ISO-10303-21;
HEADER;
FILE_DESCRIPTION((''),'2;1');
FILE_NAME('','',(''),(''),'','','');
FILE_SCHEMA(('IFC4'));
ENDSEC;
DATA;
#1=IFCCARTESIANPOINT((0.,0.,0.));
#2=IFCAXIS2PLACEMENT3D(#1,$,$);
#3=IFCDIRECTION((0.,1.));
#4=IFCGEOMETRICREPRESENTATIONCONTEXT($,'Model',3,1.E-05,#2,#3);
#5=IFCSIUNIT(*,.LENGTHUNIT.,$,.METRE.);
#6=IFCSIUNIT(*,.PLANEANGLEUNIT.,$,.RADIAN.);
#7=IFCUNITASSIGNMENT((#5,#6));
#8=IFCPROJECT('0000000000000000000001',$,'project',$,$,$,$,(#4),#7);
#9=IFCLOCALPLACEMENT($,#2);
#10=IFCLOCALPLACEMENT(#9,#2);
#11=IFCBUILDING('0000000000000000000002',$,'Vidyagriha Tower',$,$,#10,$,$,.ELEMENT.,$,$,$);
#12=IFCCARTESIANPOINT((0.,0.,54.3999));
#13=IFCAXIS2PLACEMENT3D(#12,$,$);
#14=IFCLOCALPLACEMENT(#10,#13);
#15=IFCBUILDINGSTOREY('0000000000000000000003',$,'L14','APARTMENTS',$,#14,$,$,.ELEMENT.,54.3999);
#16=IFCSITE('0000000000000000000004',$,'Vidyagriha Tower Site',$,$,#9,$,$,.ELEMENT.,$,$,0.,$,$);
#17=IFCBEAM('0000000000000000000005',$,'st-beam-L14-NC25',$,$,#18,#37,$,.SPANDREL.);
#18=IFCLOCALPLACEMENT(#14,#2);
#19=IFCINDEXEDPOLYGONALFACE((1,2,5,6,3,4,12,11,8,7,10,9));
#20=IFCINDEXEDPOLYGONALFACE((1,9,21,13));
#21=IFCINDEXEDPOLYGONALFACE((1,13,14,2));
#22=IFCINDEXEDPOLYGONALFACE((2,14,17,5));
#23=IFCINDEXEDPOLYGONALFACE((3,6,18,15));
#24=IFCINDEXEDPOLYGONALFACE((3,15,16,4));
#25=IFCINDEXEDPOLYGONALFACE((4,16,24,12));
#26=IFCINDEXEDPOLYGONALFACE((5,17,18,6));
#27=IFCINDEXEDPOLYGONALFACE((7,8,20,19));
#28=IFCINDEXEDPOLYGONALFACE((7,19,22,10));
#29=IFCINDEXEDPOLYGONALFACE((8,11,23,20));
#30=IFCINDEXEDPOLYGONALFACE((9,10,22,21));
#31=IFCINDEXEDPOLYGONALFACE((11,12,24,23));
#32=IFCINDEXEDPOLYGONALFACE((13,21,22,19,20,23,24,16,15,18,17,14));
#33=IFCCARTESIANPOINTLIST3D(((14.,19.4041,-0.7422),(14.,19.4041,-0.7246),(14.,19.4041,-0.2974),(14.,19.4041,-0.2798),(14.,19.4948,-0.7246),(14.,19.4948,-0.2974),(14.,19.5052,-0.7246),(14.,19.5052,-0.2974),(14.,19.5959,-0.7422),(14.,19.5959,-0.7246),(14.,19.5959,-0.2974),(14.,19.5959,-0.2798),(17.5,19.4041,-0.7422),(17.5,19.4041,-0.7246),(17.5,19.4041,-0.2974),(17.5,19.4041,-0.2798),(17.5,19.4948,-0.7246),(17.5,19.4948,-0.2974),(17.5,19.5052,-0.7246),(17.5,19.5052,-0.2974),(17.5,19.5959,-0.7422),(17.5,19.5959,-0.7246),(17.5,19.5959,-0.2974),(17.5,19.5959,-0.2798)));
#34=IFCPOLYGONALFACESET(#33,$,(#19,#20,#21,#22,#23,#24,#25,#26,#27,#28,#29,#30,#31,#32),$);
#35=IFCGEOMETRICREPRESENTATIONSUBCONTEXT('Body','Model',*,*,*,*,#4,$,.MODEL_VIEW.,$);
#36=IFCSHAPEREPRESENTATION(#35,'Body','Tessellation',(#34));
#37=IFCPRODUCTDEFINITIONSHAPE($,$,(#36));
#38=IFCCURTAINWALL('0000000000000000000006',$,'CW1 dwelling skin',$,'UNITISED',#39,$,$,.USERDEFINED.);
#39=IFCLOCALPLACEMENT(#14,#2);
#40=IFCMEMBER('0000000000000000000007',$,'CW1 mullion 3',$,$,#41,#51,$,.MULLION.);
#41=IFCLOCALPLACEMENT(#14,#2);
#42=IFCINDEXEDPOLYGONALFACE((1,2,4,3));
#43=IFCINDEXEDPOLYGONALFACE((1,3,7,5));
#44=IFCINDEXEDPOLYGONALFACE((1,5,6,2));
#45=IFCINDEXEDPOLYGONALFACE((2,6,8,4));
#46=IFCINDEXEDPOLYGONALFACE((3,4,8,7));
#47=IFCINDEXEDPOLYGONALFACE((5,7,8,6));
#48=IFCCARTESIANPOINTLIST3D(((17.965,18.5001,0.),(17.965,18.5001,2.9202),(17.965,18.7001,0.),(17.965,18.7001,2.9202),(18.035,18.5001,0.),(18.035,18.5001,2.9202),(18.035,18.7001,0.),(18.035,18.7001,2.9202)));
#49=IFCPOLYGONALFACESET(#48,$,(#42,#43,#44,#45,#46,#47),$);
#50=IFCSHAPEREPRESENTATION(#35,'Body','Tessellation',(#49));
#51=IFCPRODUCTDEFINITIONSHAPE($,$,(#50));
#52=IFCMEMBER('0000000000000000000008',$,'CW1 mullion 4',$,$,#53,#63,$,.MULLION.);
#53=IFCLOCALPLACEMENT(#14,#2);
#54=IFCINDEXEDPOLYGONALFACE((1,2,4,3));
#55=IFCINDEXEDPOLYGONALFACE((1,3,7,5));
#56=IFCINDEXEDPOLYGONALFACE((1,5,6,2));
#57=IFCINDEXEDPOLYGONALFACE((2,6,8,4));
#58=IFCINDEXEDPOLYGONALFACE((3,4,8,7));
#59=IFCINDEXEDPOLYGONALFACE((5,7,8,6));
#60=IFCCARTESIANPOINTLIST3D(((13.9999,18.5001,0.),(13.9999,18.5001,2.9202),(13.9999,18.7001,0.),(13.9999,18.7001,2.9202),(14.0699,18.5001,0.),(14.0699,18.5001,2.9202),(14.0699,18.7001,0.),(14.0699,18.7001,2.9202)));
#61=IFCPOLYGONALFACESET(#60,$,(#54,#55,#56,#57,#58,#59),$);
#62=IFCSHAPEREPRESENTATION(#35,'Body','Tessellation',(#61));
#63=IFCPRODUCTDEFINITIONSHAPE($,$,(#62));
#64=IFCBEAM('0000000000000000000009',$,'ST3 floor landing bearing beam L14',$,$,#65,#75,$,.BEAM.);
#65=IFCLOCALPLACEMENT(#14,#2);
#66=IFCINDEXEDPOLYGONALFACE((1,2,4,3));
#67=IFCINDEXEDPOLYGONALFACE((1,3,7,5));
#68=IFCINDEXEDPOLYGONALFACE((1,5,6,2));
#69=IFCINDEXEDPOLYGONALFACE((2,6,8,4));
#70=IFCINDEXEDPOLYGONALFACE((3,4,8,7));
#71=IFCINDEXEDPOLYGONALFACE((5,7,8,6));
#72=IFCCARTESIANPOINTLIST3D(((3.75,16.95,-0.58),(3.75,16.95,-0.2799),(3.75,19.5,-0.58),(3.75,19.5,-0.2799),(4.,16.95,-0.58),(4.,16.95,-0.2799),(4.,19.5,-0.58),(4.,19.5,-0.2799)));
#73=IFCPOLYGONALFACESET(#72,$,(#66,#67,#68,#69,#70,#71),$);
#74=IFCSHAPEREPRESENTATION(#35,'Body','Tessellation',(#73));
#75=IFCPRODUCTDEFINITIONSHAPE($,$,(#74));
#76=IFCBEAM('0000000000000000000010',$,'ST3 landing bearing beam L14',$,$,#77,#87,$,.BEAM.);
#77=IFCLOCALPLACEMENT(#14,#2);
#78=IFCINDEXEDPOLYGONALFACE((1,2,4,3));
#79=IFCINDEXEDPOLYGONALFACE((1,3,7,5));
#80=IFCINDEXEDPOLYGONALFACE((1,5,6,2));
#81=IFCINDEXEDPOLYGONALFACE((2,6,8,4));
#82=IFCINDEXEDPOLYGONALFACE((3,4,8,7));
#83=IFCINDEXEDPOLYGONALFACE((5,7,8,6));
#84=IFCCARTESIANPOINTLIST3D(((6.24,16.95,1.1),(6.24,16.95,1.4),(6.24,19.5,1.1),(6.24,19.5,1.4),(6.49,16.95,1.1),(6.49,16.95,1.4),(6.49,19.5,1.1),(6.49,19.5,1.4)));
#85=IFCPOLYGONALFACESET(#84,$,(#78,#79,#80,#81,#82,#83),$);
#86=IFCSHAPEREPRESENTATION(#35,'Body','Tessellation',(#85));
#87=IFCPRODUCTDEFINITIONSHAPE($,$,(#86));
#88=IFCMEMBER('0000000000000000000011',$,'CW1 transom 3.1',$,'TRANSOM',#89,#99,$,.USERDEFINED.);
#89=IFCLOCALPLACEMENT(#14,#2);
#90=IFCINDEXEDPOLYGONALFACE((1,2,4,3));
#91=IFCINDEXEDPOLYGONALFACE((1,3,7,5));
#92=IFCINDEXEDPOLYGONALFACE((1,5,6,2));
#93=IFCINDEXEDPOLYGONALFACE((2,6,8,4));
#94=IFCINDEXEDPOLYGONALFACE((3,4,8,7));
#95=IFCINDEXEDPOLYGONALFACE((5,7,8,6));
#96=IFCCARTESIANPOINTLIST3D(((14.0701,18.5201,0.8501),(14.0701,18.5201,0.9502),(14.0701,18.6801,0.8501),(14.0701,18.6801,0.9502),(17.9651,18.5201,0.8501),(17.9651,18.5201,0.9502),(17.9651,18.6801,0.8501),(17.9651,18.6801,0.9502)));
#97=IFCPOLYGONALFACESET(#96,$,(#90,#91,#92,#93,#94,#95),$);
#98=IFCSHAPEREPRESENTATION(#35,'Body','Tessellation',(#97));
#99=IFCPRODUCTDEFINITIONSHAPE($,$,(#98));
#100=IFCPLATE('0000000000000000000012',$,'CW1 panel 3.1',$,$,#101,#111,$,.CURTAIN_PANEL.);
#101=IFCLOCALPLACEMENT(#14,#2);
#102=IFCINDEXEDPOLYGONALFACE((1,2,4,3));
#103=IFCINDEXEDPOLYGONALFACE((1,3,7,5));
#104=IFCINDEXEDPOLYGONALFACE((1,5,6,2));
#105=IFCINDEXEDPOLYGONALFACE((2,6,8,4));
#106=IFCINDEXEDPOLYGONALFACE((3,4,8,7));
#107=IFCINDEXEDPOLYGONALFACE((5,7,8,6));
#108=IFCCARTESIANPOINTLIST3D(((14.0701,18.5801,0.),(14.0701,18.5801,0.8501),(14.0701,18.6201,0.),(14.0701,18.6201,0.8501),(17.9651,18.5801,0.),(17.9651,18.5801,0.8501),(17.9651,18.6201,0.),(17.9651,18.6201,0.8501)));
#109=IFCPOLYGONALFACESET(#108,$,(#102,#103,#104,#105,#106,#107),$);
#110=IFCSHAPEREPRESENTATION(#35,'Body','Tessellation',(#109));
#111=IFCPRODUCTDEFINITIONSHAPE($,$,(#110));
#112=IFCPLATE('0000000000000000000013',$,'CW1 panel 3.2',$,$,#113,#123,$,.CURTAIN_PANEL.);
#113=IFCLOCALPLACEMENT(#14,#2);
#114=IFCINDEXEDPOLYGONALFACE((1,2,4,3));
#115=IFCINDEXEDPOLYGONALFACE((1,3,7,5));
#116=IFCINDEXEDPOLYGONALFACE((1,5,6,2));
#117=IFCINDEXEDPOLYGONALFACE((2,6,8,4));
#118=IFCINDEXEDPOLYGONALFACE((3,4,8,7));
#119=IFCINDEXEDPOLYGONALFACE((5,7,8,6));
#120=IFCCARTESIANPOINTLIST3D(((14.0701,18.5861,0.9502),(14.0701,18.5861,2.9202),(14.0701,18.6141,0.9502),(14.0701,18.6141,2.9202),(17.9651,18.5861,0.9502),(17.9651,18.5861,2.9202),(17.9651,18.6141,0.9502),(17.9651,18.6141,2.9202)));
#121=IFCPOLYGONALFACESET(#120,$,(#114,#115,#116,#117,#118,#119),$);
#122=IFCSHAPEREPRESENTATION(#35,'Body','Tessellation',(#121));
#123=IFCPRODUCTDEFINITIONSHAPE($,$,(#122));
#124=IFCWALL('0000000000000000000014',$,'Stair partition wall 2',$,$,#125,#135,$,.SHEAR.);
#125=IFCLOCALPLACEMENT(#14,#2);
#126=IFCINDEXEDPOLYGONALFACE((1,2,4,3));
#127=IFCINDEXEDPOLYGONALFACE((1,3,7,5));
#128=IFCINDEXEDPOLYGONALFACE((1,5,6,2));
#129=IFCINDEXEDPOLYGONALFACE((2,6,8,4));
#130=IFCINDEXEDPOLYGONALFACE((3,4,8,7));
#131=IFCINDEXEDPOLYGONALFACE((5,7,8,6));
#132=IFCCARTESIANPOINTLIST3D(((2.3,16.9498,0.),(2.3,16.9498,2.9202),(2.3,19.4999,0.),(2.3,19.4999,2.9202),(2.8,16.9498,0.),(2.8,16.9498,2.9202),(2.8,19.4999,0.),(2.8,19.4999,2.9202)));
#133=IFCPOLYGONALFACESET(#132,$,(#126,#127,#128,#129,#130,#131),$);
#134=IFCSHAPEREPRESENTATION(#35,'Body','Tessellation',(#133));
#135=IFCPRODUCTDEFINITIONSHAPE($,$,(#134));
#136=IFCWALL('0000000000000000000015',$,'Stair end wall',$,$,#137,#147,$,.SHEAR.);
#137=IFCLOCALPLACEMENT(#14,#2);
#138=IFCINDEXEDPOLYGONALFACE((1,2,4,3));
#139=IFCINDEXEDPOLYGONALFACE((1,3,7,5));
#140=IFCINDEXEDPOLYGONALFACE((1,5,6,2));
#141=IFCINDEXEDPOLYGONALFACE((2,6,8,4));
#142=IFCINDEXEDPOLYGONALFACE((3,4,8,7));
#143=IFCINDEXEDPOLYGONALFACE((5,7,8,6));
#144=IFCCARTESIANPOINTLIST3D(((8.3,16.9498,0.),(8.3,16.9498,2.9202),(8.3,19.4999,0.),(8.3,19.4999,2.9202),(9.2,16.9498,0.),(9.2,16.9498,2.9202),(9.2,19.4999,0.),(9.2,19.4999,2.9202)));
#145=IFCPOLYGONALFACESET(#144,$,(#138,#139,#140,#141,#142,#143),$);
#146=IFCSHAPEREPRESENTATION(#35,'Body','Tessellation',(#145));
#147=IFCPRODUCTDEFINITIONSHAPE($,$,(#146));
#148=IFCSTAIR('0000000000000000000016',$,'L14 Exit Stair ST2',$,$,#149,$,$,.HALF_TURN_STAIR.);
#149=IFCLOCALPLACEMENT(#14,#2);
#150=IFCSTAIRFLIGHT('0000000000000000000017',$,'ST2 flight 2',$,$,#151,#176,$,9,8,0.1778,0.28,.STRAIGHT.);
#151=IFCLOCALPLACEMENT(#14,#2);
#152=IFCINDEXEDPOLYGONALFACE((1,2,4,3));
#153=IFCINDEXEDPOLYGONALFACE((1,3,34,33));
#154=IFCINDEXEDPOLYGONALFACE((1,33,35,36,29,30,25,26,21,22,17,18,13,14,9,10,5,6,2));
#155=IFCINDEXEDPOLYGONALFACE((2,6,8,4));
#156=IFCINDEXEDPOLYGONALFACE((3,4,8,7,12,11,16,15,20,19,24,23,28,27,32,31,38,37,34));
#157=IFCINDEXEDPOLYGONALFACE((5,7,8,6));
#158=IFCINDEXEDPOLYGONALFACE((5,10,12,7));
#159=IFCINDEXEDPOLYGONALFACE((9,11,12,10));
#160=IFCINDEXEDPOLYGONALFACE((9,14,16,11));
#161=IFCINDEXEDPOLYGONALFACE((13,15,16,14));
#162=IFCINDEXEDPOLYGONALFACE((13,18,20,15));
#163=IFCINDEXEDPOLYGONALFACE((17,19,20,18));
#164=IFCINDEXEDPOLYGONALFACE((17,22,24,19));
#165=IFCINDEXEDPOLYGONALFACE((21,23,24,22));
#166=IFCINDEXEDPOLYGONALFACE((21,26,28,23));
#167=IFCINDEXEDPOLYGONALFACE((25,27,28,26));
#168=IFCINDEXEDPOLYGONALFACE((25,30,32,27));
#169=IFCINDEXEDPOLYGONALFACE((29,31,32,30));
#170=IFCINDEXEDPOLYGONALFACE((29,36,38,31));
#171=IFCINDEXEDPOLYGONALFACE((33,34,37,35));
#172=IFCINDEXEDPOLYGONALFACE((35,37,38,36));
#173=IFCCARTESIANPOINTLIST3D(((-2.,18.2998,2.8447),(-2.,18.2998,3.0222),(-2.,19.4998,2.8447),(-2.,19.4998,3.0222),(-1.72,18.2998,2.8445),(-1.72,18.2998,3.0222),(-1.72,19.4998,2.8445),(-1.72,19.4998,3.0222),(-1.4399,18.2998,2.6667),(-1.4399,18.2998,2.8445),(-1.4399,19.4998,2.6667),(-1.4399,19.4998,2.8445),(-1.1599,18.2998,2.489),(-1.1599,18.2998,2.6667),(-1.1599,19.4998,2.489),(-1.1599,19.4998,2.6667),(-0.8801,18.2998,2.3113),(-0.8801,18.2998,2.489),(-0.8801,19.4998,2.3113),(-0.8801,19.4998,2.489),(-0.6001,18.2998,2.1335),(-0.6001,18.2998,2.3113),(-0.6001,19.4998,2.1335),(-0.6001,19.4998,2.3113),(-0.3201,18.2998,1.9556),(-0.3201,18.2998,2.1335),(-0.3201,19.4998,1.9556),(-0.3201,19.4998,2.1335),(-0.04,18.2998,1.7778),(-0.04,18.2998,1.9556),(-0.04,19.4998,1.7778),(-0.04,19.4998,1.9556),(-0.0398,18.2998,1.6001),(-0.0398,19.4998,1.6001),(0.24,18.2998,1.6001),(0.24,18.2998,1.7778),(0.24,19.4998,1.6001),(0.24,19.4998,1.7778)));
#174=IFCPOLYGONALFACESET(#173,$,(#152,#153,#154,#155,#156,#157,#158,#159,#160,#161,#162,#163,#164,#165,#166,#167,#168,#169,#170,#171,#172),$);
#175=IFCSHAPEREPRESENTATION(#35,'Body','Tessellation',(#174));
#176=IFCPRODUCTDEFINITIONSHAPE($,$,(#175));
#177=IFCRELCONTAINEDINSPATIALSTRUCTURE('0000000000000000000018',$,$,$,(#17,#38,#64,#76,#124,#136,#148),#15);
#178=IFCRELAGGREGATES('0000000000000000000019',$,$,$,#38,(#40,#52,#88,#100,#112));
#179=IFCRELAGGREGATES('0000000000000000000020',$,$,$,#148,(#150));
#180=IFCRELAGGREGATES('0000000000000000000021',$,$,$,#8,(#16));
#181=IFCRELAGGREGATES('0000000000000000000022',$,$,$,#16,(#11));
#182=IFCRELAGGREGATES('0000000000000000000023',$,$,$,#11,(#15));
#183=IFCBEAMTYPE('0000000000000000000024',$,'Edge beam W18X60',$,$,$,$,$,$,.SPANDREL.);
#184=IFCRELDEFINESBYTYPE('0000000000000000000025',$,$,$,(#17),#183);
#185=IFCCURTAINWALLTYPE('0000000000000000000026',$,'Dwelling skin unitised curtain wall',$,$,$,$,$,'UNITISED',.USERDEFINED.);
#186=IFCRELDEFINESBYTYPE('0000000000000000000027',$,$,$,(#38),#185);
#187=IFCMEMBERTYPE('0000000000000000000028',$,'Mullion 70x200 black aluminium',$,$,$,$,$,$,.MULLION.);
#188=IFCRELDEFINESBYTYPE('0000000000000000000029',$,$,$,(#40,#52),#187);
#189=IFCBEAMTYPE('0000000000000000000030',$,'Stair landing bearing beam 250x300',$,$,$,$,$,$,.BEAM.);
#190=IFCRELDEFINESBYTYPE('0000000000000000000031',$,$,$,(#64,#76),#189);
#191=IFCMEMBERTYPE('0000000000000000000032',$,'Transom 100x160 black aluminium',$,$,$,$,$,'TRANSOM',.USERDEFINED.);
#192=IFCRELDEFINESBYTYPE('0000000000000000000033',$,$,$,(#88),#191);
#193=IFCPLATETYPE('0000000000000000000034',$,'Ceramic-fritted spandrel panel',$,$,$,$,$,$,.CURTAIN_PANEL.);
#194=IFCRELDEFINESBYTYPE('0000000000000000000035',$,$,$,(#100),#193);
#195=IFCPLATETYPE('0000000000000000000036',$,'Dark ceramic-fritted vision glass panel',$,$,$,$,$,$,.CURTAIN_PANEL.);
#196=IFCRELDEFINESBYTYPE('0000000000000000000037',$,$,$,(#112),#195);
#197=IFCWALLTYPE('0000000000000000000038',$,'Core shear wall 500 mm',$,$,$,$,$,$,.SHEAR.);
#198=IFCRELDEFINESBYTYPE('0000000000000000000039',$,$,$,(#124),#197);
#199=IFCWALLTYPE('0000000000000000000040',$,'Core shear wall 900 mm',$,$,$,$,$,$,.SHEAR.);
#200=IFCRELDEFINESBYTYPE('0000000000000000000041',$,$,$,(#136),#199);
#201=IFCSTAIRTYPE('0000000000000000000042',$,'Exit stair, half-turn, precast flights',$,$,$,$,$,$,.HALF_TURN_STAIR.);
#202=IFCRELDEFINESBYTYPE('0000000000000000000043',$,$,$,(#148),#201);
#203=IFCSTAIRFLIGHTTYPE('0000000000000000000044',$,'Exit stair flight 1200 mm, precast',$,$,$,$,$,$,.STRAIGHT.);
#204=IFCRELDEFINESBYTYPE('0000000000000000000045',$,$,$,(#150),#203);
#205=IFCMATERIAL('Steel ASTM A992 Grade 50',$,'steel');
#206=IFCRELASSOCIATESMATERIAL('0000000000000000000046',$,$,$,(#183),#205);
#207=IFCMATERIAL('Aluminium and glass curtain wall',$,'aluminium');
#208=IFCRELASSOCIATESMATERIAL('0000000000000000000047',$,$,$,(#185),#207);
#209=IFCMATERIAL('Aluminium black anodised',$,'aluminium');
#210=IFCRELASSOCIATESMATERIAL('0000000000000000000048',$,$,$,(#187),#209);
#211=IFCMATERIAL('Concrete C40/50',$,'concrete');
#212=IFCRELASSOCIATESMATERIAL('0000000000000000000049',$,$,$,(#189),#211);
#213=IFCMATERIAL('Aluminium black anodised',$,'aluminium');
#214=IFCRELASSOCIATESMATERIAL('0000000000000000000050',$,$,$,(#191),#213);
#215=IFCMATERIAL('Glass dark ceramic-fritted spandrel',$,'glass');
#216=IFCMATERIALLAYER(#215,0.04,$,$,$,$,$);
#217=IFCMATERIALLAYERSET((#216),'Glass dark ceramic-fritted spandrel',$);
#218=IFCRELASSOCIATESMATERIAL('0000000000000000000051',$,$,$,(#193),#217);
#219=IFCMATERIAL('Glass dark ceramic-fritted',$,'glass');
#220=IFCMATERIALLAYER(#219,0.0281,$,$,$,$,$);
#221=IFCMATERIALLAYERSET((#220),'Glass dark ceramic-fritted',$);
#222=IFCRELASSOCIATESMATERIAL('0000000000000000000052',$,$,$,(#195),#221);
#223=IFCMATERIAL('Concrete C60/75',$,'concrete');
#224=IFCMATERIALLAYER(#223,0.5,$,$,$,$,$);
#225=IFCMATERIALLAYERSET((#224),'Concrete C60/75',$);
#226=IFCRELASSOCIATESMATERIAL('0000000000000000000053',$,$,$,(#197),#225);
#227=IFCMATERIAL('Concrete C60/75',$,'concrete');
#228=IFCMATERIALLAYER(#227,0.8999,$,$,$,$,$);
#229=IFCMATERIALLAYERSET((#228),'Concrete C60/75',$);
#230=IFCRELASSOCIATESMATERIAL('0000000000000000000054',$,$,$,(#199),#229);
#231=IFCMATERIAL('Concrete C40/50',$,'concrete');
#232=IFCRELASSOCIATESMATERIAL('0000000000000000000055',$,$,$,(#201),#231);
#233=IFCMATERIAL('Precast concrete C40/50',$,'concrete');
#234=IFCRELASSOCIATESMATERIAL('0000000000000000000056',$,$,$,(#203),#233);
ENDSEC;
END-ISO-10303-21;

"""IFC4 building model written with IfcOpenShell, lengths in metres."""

from ifc_helpers import new_model, si_unit, direction, frame, frame_2d, origin, origin_2d, place, context, subcontext, project, spatial, polyline, rectangle, i_section, outline, extrude, material, layer, layer_set, material_profile, profile_set, type_object, element, aggregate, save


model = new_model("IFC4")

# Units and contexts
model_context = context("Model", 3, precision=1e-05, world=origin(), true_north=direction((0.0, 1.0)))
body_context = subcontext(model_context, "Body", "Model", "MODEL_VIEW")
ifc_project = project(units=[si_unit("LENGTHUNIT", "METRE"), si_unit("PLANEANGLEUNIT", "RADIAN")], contexts=[model_context])

# Site, building, storey
site_placement = place(None, origin())
site = spatial("IfcSite", under=ifc_project, at=site_placement, Name="Vidyagriha Tower Site", CompositionType="ELEMENT", RefElevation=0.0)
building_placement = place(site_placement, origin())
building = spatial("IfcBuilding", under=site, at=building_placement, Name="Vidyagriha Tower", CompositionType="ELEMENT")
storey_placement = place(building_placement, frame((0.0, 0.0, 54.3999)))
storey = spatial("IfcBuildingStorey", under=building, at=storey_placement, Name="L14", Description="APARTMENTS", CompositionType="ELEMENT", Elevation=54.3999)

# Beam
ifc_material_1 = material(Name="Steel ASTM A992 Grade 50", Category="steel")
ifc_material_profile_1 = material_profile(ifc_material_1, i_section(OverallWidth=0.1919, OverallDepth=0.4624, WebThickness=0.0105, FlangeThickness=0.0176, at=origin_2d()), Name="W18X60")
ifc_profile_set_1 = profile_set([ifc_material_profile_1], Name="Steel ASTM A992 Grade 50")
beam_type_1 = type_object("IfcBeamType", Name="Edge beam W18X60", PredefinedType="SPANDREL", material=ifc_profile_set_1)
beam_placement = place(storey_placement, frame((14.0, 19.5, -0.511), z_axis=(1.0, 0.0, 0.0), x_axis=(0.0, 1.0, 0.0)))
element("IfcBeam", 1, at=beam_placement, inside=storey, type_object=beam_type_1, Name="st-beam-L14-NC25", PredefinedType="SPANDREL", context=body_context, shape_type="SweptSolid", body=[
    extrude(i_section(OverallWidth=0.1919, OverallDepth=0.4624, WebThickness=0.0105, FlangeThickness=0.0176, at=origin_2d()), origin(), (0.0, 0.0, 1.0), 3.5),
])

# Curtain wall, members
ifc_material_2 = material(Name="Aluminium and glass curtain wall", Category="aluminium")
curtain_wall_type = type_object("IfcCurtainWallType", Name="Dwelling skin unitised curtain wall", ElementType="UNITISED", PredefinedType="USERDEFINED", material=ifc_material_2)
curtain_wall_placement = place(storey_placement, origin())
curtain_wall = element("IfcCurtainWall", 2, at=curtain_wall_placement, inside=storey, type_object=curtain_wall_type, Name="CW1 dwelling skin", ObjectType="UNITISED", PredefinedType="USERDEFINED")
ifc_material_3 = material(Name="Aluminium black anodised", Category="aluminium")
ifc_material_profile_2 = material_profile(ifc_material_3, rectangle(XDim=0.2, YDim=0.0701, at=origin_2d()), Name="Mullion 70x200 black aluminium")
ifc_profile_set_2 = profile_set([ifc_material_profile_2], Name="Aluminium black anodised")
member_type_1 = type_object("IfcMemberType", Name="Mullion 70x200 black aluminium", PredefinedType="MULLION", material=ifc_profile_set_2)
member_1_placement = place(storey_placement, frame((18.0, 18.6001, 0.0), z_axis=(0.0, 0.0, 1.0), x_axis=(0.0, -1.0, 0.0)))
member_1 = element("IfcMember", 3, at=member_1_placement, type_object=member_type_1, Name="CW1 mullion 3", PredefinedType="MULLION", context=body_context, shape_type="SweptSolid", body=[
    extrude(rectangle(XDim=0.2, YDim=0.0701, at=origin_2d()), origin(), (0.0, 0.0, 1.0), 2.9202),
])
member_2_placement = place(storey_placement, frame((14.0349, 18.6001, 0.0), z_axis=(0.0, 0.0, 1.0), x_axis=(0.0, -1.0, 0.0)))
member_2 = element("IfcMember", 4, at=member_2_placement, type_object=member_type_1, Name="CW1 mullion 4", PredefinedType="MULLION", context=body_context, shape_type="SweptSolid", body=[
    extrude(rectangle(XDim=0.2, YDim=0.0701, at=origin_2d()), origin(), (0.0, 0.0, 1.0), 2.9202),
])

# Beams
ifc_material_4 = material(Name="Concrete C40/50", Category="concrete")
ifc_material_profile_3 = material_profile(ifc_material_4, rectangle(XDim=0.25, YDim=0.3, at=origin_2d()), Name="Stair landing bearing beam 250x300")
ifc_profile_set_3 = profile_set([ifc_material_profile_3], Name="Concrete C40/50")
beam_type_2 = type_object("IfcBeamType", Name="Stair landing bearing beam 250x300", PredefinedType="BEAM", material=ifc_profile_set_3)
for number, where, z_axis, x_axis, name in (
    (5, (3.875, 16.95, -0.4299), (0.0, 1.0, 0.0), (-1.0, 0.0, 0.0), "ST3 floor landing bearing beam L14"),
    (6, (6.365, 16.95, 1.25), (0.0, 1.0, 0.0), (-1.0, 0.0, 0.0), "ST3 landing bearing beam L14"),
):
    element("IfcBeam", number, at=place(storey_placement, frame(where, z_axis=z_axis, x_axis=x_axis)), inside=storey, type_object=beam_type_2, Name=name, PredefinedType="BEAM", context=body_context, shape_type="SweptSolid", body=[
        extrude(rectangle(XDim=0.25, YDim=0.3, at=origin_2d()), origin(), (0.0, 0.0, 1.0), 2.55),
    ])

# Member
ifc_material_5 = material(Name="Aluminium black anodised", Category="aluminium")
ifc_material_profile_4 = material_profile(ifc_material_5, rectangle(XDim=0.1599, YDim=0.1001, at=origin_2d()), Name="Transom 100x160 black aluminium")
ifc_profile_set_4 = profile_set([ifc_material_profile_4], Name="Aluminium black anodised")
member_type_2 = type_object("IfcMemberType", Name="Transom 100x160 black aluminium", ElementType="TRANSOM", PredefinedType="USERDEFINED", material=ifc_profile_set_4)
member_3_placement = place(storey_placement, frame((17.9651, 18.6001, 0.9001), z_axis=(-1.0, 0.0, 0.0), x_axis=(0.0, -1.0, 0.0)))
member_3 = element("IfcMember", 7, at=member_3_placement, type_object=member_type_2, Name="CW1 transom 3.1", ObjectType="TRANSOM", PredefinedType="USERDEFINED", context=body_context, shape_type="SweptSolid", body=[
    extrude(rectangle(XDim=0.1599, YDim=0.1001, at=origin_2d()), origin(), (0.0, 0.0, 1.0), 3.895),
])

# Plates
ifc_material_6 = material(Name="Glass dark ceramic-fritted spandrel", Category="glass")
ifc_layer_1 = layer(ifc_material_6, 0.04)
ifc_layer_set_1 = layer_set([ifc_layer_1], Name="Glass dark ceramic-fritted spandrel")
plate_type_1 = type_object("IfcPlateType", Name="Ceramic-fritted spandrel panel", PredefinedType="CURTAIN_PANEL", material=ifc_layer_set_1)
plate_1_placement = place(storey_placement, frame((16.0176, 18.6001, 0.0), z_axis=(0.0, 0.0, 1.0), x_axis=(-1.0, 0.0, 0.0)))
plate_1 = element("IfcPlate", 8, at=plate_1_placement, type_object=plate_type_1, Name="CW1 panel 3.1", PredefinedType="CURTAIN_PANEL", context=body_context, shape_type="SweptSolid", body=[
    extrude(rectangle(XDim=3.895, YDim=0.04, at=origin_2d()), origin(), (0.0, 0.0, 1.0), 0.8501),
])
ifc_material_7 = material(Name="Glass dark ceramic-fritted", Category="glass")
ifc_layer_2 = layer(ifc_material_7, 0.0281)
ifc_layer_set_2 = layer_set([ifc_layer_2], Name="Glass dark ceramic-fritted")
plate_type_2 = type_object("IfcPlateType", Name="Dark ceramic-fritted vision glass panel", PredefinedType="CURTAIN_PANEL", material=ifc_layer_set_2)
plate_2_placement = place(storey_placement, frame((16.0176, 18.6001, 0.9502), z_axis=(0.0, 0.0, 1.0), x_axis=(-1.0, 0.0, 0.0)))
plate_2 = element("IfcPlate", 9, at=plate_2_placement, type_object=plate_type_2, Name="CW1 panel 3.2", PredefinedType="CURTAIN_PANEL", context=body_context, shape_type="SweptSolid", body=[
    extrude(rectangle(XDim=3.895, YDim=0.0281, at=origin_2d()), origin(), (0.0, 0.0, 1.0), 1.97),
])
aggregate(curtain_wall, [member_1, member_2, member_3, plate_1, plate_2])

# Walls
ifc_material_8 = material(Name="Concrete C60/75", Category="concrete")
ifc_layer_3 = layer(ifc_material_8, 0.5)
ifc_layer_set_3 = layer_set([ifc_layer_3], Name="Concrete C60/75")
wall_type_1 = type_object("IfcWallType", Name="Core shear wall 500 mm", PredefinedType="SHEAR", material=ifc_layer_set_3)
wall_1_placement = place(storey_placement, frame((2.55, 16.95, 0.0), z_axis=(0.0, 0.0, 1.0), x_axis=(0.0, 1.0, 0.0)))
element("IfcWall", 10, at=wall_1_placement, inside=storey, type_object=wall_type_1, Name="Stair partition wall 2", PredefinedType="SHEAR", context=body_context, shape_type="SweptSolid", body=[
    extrude(rectangle(XDim=2.55, YDim=0.5, at=frame_2d((1.2749, 0.0))), origin(), (0.0, 0.0, 1.0), 2.9202),
])
ifc_material_9 = material(Name="Concrete C60/75", Category="concrete")
ifc_layer_4 = layer(ifc_material_9, 0.8999)
ifc_layer_set_4 = layer_set([ifc_layer_4], Name="Concrete C60/75")
wall_type_2 = type_object("IfcWallType", Name="Core shear wall 900 mm", PredefinedType="SHEAR", material=ifc_layer_set_4)
wall_2_placement = place(storey_placement, frame((8.75, 16.95, 0.0), z_axis=(0.0, 0.0, 1.0), x_axis=(0.0, 1.0, 0.0)))
element("IfcWall", 11, at=wall_2_placement, inside=storey, type_object=wall_type_2, Name="Stair end wall", PredefinedType="SHEAR", context=body_context, shape_type="SweptSolid", body=[
    extrude(rectangle(XDim=2.55, YDim=0.8999, at=frame_2d((1.2749, 0.0))), origin(), (0.0, 0.0, 1.0), 2.9202),
])

# Stair, stair flight
ifc_material_10 = material(Name="Concrete C40/50", Category="concrete")
stair_type = type_object("IfcStairType", Name="Exit stair, half-turn, precast flights", PredefinedType="HALF_TURN_STAIR", material=ifc_material_10)
stair_1_placement = place(storey_placement, origin())
stair_1 = element("IfcStair", 12, at=stair_1_placement, inside=storey, type_object=stair_type, Name="L14 Exit Stair ST2", PredefinedType="HALF_TURN_STAIR")
ifc_material_11 = material(Name="Precast concrete C40/50", Category="concrete")
stair_flight_type = type_object("IfcStairFlightType", Name="Exit stair flight 1200 mm, precast", PredefinedType="STRAIGHT", material=ifc_material_11)
stair_flight_1_placement = place(storey_placement, frame((0.24, 18.8999, 1.6001), z_axis=(0.0, 0.0, 1.0), x_axis=(-1.0, 0.0, 0.0)))
stair_flight_1 = element("IfcStairFlight", 13, at=stair_flight_1_placement, type_object=stair_flight_type, Name="ST2 flight 2", NumberOfRisers=9, NumberOfTreads=8, PredefinedType="STRAIGHT", RiserHeight=0.1778, TreadLength=0.28, context=body_context, shape_type="SweptSolid", body=[
    extrude(outline(polyline([(0.0, 0.0), (0.0, 0.1777), (0.28, 0.1777), (0.28, 0.3555), (0.5601, 0.3555), (0.5601, 0.5334), (0.8401, 0.5334), (0.8401, 0.7112), (1.1201, 0.7112), (1.1201, 0.8889), (1.3999, 0.8889), (1.3999, 1.0667), (1.6799, 1.0667), (1.6799, 1.2444), (1.96, 1.2444), (1.96, 1.4221), (2.24, 1.4221), (2.24, 1.6001), (2.24, 1.2446), (0.2798, 0.0), (0.0, 0.0)])), frame((0.0, 0.6001, 0.0), z_axis=(0.0, -1.0, 0.0), x_axis=(1.0, 0.0, 0.0)), (0.0, 0.0, 1.0), 1.2),
])
aggregate(stair_1, [stair_flight_1])

save(model, "model.ifc")
